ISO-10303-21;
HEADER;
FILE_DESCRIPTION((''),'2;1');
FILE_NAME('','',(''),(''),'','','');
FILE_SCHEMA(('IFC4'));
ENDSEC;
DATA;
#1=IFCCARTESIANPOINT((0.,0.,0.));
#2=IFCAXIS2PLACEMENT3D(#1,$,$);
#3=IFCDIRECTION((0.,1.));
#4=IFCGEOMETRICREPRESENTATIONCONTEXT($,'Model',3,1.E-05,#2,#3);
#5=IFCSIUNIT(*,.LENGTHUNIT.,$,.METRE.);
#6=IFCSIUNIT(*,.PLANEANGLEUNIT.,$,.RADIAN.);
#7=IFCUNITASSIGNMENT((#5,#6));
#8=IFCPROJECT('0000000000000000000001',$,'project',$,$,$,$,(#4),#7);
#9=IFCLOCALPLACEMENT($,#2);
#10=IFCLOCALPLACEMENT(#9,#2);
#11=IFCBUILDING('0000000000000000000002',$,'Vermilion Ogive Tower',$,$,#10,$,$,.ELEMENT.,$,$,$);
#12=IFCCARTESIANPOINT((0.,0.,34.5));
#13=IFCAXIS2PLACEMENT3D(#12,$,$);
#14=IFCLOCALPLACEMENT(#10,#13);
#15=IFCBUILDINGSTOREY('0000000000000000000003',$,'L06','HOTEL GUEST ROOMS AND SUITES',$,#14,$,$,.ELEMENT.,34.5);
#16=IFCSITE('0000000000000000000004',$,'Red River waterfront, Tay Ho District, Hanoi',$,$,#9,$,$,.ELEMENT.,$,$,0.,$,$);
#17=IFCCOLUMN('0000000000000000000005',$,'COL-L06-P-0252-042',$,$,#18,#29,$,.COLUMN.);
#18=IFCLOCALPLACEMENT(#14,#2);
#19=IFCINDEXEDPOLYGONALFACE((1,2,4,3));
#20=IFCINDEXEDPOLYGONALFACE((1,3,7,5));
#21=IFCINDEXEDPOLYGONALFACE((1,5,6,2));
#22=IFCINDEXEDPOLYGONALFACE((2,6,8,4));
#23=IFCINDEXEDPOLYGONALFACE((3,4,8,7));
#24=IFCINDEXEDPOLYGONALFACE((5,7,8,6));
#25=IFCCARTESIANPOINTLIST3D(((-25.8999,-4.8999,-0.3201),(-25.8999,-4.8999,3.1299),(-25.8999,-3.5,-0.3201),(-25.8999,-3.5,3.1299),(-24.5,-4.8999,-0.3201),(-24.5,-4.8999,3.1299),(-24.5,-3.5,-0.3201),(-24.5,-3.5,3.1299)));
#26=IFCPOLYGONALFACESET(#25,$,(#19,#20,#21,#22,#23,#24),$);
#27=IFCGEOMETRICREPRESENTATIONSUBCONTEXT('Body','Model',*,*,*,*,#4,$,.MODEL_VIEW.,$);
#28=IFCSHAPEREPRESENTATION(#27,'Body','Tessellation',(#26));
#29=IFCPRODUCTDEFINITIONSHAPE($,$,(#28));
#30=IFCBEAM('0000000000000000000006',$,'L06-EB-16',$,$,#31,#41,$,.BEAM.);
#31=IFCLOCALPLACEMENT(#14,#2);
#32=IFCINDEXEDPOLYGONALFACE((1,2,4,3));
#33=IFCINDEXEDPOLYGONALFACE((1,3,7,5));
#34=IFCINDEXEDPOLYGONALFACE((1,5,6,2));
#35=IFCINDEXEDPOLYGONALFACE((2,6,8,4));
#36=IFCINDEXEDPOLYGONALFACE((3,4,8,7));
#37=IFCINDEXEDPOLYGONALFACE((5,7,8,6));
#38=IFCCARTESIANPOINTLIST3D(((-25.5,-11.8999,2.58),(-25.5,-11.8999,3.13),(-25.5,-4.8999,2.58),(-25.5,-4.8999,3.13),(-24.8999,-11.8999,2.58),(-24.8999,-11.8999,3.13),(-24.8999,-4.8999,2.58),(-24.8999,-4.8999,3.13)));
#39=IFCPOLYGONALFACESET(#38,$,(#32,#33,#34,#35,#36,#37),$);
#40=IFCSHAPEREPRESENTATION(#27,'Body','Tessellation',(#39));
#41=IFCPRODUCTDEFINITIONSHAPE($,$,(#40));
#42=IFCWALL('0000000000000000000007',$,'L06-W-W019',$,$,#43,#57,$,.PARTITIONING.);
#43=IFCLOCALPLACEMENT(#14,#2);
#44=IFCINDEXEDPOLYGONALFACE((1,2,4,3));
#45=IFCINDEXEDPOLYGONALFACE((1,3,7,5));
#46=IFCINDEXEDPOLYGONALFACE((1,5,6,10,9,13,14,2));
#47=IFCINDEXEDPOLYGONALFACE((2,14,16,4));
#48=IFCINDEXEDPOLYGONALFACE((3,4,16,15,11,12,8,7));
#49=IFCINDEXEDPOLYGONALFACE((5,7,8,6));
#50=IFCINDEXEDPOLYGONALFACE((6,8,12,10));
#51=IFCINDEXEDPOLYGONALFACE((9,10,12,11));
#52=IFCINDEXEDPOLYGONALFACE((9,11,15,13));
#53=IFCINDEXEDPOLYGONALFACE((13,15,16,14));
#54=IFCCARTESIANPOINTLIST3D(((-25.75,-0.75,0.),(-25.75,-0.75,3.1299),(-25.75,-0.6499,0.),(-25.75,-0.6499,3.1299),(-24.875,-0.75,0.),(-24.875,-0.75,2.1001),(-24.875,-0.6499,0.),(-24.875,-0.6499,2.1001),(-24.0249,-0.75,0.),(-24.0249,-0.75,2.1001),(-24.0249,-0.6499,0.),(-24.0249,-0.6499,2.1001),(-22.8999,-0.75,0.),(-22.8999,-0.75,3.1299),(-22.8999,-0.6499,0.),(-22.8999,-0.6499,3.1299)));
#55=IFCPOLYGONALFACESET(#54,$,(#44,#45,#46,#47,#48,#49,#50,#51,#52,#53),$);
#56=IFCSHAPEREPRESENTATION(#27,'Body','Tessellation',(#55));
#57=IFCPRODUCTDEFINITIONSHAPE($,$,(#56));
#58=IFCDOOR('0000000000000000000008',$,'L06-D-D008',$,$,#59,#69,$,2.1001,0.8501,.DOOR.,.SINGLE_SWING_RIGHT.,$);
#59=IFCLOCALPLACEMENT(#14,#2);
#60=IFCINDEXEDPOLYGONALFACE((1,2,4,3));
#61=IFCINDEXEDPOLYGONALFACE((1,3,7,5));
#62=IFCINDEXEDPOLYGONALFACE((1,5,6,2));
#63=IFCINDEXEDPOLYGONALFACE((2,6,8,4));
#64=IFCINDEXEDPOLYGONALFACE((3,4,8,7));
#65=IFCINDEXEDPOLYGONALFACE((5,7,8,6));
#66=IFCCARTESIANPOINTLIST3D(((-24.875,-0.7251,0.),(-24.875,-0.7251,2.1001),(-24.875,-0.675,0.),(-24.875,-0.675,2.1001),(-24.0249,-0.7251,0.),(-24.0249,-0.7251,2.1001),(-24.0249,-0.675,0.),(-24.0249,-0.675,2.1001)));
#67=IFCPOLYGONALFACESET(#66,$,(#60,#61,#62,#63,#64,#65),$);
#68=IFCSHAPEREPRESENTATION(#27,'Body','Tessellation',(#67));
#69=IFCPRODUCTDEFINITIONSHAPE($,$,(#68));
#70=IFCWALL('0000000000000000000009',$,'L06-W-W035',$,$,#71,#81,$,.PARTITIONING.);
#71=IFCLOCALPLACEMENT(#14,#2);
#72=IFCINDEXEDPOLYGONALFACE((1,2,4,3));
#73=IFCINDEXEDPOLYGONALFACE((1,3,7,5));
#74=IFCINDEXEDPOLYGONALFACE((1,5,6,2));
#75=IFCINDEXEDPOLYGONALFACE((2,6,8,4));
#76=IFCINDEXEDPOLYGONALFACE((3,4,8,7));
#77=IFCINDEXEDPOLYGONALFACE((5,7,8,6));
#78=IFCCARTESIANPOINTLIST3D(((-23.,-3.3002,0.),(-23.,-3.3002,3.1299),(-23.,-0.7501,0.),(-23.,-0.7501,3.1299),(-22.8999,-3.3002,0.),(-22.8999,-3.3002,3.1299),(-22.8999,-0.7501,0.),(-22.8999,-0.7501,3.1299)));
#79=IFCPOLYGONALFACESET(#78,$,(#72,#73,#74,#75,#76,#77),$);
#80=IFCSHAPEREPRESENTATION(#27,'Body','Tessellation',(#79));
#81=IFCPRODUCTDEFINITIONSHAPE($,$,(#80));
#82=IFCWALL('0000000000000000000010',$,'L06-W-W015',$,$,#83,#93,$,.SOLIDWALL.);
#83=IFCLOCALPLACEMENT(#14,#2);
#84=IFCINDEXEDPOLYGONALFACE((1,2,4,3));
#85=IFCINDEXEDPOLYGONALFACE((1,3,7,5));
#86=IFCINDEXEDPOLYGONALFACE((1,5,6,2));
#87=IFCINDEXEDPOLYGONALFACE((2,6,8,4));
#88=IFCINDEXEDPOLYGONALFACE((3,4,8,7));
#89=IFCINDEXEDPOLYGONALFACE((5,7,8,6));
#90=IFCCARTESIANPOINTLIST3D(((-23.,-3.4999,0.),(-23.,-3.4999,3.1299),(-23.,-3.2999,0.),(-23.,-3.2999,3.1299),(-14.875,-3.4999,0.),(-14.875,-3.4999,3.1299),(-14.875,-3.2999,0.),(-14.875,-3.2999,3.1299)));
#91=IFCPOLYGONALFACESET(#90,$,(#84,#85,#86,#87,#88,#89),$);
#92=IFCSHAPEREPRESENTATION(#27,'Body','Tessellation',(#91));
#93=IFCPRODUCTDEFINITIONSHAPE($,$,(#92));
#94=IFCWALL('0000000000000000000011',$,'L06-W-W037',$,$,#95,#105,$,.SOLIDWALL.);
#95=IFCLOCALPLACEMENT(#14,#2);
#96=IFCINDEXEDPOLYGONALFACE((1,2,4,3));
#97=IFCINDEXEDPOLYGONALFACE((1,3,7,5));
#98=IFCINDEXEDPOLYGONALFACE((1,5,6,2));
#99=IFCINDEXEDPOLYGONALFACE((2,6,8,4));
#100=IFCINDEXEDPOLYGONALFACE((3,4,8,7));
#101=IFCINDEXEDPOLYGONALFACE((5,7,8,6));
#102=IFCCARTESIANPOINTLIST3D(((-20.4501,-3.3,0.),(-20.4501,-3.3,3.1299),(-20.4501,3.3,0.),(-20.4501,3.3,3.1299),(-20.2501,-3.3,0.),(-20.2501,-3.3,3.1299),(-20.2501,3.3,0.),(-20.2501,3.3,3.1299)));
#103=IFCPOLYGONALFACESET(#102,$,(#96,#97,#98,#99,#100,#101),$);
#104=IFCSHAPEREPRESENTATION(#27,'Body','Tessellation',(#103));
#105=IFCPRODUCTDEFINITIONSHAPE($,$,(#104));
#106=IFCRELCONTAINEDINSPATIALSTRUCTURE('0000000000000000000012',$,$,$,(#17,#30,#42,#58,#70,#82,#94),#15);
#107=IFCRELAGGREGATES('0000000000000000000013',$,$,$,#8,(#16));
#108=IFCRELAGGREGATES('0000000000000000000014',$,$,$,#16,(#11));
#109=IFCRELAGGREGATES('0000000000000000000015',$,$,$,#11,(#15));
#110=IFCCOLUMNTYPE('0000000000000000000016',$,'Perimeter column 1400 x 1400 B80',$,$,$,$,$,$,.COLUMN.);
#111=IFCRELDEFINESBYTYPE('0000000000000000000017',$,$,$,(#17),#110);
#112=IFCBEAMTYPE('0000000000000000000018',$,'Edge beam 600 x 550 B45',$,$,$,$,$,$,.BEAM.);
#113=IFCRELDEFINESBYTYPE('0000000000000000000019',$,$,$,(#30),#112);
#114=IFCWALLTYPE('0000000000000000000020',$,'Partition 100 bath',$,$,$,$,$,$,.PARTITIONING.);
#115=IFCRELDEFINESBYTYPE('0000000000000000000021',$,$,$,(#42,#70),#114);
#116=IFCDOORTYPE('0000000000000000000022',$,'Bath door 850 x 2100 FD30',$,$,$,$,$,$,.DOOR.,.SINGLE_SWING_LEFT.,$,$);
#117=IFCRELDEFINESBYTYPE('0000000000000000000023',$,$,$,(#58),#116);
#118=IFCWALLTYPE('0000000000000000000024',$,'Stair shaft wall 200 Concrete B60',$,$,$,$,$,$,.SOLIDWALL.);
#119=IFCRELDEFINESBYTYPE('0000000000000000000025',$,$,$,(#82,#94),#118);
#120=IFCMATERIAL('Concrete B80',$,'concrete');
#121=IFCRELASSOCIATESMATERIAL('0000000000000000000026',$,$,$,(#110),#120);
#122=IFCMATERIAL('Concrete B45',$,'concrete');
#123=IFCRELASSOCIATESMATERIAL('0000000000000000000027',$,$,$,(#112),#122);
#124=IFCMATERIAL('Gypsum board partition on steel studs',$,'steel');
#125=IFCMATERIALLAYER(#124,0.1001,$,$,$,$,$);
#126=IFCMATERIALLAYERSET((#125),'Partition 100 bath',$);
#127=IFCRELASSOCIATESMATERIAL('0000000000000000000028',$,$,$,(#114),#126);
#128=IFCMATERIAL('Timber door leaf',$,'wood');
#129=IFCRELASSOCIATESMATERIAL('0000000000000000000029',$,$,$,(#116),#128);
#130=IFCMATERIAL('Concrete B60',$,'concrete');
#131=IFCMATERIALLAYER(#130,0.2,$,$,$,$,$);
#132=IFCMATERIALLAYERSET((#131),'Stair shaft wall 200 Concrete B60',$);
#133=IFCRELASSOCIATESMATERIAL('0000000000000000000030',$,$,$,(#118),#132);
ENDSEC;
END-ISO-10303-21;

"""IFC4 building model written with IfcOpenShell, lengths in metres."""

from ifc_helpers import new_model, si_unit, direction, frame, frame_2d, origin, origin_2d, place, context, subcontext, project, spatial, rectangle, extrude, material, layer, layer_set, material_profile, profile_set, type_object, element, fill, save


model = new_model("IFC4")

# Units and contexts
model_context = context("Model", 3, precision=1e-05, world=origin(), true_north=direction((0.0, 1.0)))
body_context = subcontext(model_context, "Body", "Model", "MODEL_VIEW")
ifc_project = project(units=[si_unit("LENGTHUNIT", "METRE"), si_unit("PLANEANGLEUNIT", "RADIAN")], contexts=[model_context])

# Site, building, storey
site_placement = place(None, origin())
site = spatial("IfcSite", under=ifc_project, at=site_placement, Name="Red River waterfront, Tay Ho District, Hanoi", CompositionType="ELEMENT", RefElevation=0.0)
building_placement = place(site_placement, origin())
building = spatial("IfcBuilding", under=site, at=building_placement, Name="Vermilion Ogive Tower", CompositionType="ELEMENT")
storey_placement = place(building_placement, frame((0.0, 0.0, 34.5)))
storey = spatial("IfcBuildingStorey", under=building, at=storey_placement, Name="L06", Description="HOTEL GUEST ROOMS AND SUITES", CompositionType="ELEMENT", Elevation=34.5)

# Column
ifc_material_1 = material(Name="Concrete B80", Category="concrete")
ifc_material_profile_1 = material_profile(ifc_material_1, rectangle(XDim=1.3999, YDim=1.3999, at=origin_2d()), Name="1400 x 1400")
ifc_profile_set_1 = profile_set([ifc_material_profile_1], Name="Concrete B80")
column_type = type_object("IfcColumnType", Name="Perimeter column 1400 x 1400 B80", PredefinedType="COLUMN", material=ifc_profile_set_1)
column_placement = place(storey_placement, frame((-25.2, -4.2, -0.3201), z_axis=(0.0, 0.0, 1.0), x_axis=(1.0, 0.0, 0.0)))
element("IfcColumn", 1, at=column_placement, inside=storey, type_object=column_type, Name="COL-L06-P-0252-042", PredefinedType="COLUMN", context=body_context, shape_type="SweptSolid", body=[
    extrude(rectangle(XDim=1.3999, YDim=1.3999, at=origin_2d()), origin(), (0.0, 0.0, 1.0), 3.45),
])

# Beam
ifc_material_2 = material(Name="Concrete B45", Category="concrete")
ifc_material_profile_2 = material_profile(ifc_material_2, rectangle(XDim=0.6001, YDim=0.55, at=origin_2d()), Name="600 x 550")
ifc_profile_set_2 = profile_set([ifc_material_profile_2], Name="Concrete B45")
beam_type = type_object("IfcBeamType", Name="Edge beam 600 x 550 B45", PredefinedType="BEAM", material=ifc_profile_set_2)
beam_placement = place(storey_placement, frame((-25.2, -4.8999, 2.855), z_axis=(0.0, -1.0, 0.0), x_axis=(1.0, 0.0, 0.0)))
element("IfcBeam", 2, at=beam_placement, inside=storey, type_object=beam_type, Name="L06-EB-16", PredefinedType="BEAM", context=body_context, shape_type="SweptSolid", body=[
    extrude(rectangle(XDim=0.6001, YDim=0.55, at=origin_2d()), origin(), (0.0, 0.0, 1.0), 7.0),
])

# Wall, opening, door
ifc_material_3 = material(Name="Gypsum board partition on steel studs", Category="steel")
ifc_layer_1 = layer(ifc_material_3, 0.1001)
ifc_layer_set_1 = layer_set([ifc_layer_1], Name="Partition 100 bath")
wall_type_1 = type_object("IfcWallType", Name="Partition 100 bath", PredefinedType="PARTITIONING", material=ifc_layer_set_1)
wall_1_placement = place(storey_placement, frame((-25.75, -0.7, 0.0), z_axis=(0.0, 0.0, 1.0), x_axis=(1.0, 0.0, 0.0)))
wall_1 = element("IfcWall", 3, at=wall_1_placement, inside=storey, type_object=wall_type_1, Name="L06-W-W019", PredefinedType="PARTITIONING", context=body_context, shape_type="SweptSolid", body=[
    extrude(rectangle(XDim=2.8501, YDim=0.1001, at=frame_2d((1.425, 0.0))), origin(), (0.0, 0.0, 1.0), 3.1299),
])
opening_placement = place(wall_1_placement, frame((0.875, 0.0, 0.0)))
opening = element("IfcOpeningElement", 4, at=opening_placement, cuts=wall_1, PredefinedType="OPENING", context=body_context, shape_type="SweptSolid", body=[
    extrude(rectangle(XDim=0.8501, YDim=2.1001, at=frame_2d((0.425, 1.05))), frame((0.0, 0.0601, 0.0), z_axis=(0.0, -1.0, 0.0), x_axis=(1.0, 0.0, 0.0)), (0.0, 0.0, 1.0), 0.1201),
])
ifc_material_4 = material(Name="Timber door leaf", Category="wood")
door_type = type_object("IfcDoorType", Name="Bath door 850 x 2100 FD30", OperationType="SINGLE_SWING_LEFT", PredefinedType="DOOR", material=ifc_material_4)
door_placement = place(opening_placement, origin())
door = element("IfcDoor", 5, at=door_placement, inside=storey, type_object=door_type, Name="L06-D-D008", OperationType="SINGLE_SWING_RIGHT", OverallHeight=2.1001, OverallWidth=0.8501, PredefinedType="DOOR", context=body_context, shape_type="SweptSolid", body=[
    extrude(rectangle(XDim=0.8501, YDim=2.1001, at=frame_2d((0.425, 1.05))), frame((0.0, 0.0249, 0.0), z_axis=(0.0, -1.0, 0.0), x_axis=(1.0, 0.0, 0.0)), (0.0, 0.0, 1.0), 0.05),
])
fill(opening, door)

# Walls
wall_2_placement = place(storey_placement, frame((-22.95, -3.3, 0.0), z_axis=(0.0, 0.0, 1.0), x_axis=(0.0, 1.0, 0.0)))
element("IfcWall", 6, at=wall_2_placement, inside=storey, type_object=wall_type_1, Name="L06-W-W035", PredefinedType="PARTITIONING", context=body_context, shape_type="SweptSolid", body=[
    extrude(rectangle(XDim=2.55, YDim=0.1001, at=frame_2d((1.2749, 0.0))), origin(), (0.0, 0.0, 1.0), 3.1299),
])
ifc_material_5 = material(Name="Concrete B60", Category="concrete")
ifc_layer_2 = layer(ifc_material_5, 0.2)
ifc_layer_set_2 = layer_set([ifc_layer_2], Name="Stair shaft wall 200 Concrete B60")
wall_type_2 = type_object("IfcWallType", Name="Stair shaft wall 200 Concrete B60", PredefinedType="SOLIDWALL", material=ifc_layer_set_2)
wall_3_placement = place(storey_placement, frame((-23.0, -3.3999, 0.0), z_axis=(0.0, 0.0, 1.0), x_axis=(1.0, 0.0, 0.0)))
element("IfcWall", 7, at=wall_3_placement, inside=storey, type_object=wall_type_2, Name="L06-W-W015", PredefinedType="SOLIDWALL", context=body_context, shape_type="SweptSolid", body=[
    extrude(rectangle(XDim=8.125, YDim=0.2, at=frame_2d((4.0625, 0.0))), origin(), (0.0, 0.0, 1.0), 3.1299),
])
wall_4_placement = place(storey_placement, frame((-20.3501, -3.3, 0.0), z_axis=(0.0, 0.0, 1.0), x_axis=(0.0, 1.0, 0.0)))
element("IfcWall", 8, at=wall_4_placement, inside=storey, type_object=wall_type_2, Name="L06-W-W037", PredefinedType="SOLIDWALL", context=body_context, shape_type="SweptSolid", body=[
    extrude(rectangle(XDim=6.6001, YDim=0.2, at=frame_2d((3.3, 0.0))), origin(), (0.0, 0.0, 1.0), 3.1299),
])

save(model, "model.ifc")
